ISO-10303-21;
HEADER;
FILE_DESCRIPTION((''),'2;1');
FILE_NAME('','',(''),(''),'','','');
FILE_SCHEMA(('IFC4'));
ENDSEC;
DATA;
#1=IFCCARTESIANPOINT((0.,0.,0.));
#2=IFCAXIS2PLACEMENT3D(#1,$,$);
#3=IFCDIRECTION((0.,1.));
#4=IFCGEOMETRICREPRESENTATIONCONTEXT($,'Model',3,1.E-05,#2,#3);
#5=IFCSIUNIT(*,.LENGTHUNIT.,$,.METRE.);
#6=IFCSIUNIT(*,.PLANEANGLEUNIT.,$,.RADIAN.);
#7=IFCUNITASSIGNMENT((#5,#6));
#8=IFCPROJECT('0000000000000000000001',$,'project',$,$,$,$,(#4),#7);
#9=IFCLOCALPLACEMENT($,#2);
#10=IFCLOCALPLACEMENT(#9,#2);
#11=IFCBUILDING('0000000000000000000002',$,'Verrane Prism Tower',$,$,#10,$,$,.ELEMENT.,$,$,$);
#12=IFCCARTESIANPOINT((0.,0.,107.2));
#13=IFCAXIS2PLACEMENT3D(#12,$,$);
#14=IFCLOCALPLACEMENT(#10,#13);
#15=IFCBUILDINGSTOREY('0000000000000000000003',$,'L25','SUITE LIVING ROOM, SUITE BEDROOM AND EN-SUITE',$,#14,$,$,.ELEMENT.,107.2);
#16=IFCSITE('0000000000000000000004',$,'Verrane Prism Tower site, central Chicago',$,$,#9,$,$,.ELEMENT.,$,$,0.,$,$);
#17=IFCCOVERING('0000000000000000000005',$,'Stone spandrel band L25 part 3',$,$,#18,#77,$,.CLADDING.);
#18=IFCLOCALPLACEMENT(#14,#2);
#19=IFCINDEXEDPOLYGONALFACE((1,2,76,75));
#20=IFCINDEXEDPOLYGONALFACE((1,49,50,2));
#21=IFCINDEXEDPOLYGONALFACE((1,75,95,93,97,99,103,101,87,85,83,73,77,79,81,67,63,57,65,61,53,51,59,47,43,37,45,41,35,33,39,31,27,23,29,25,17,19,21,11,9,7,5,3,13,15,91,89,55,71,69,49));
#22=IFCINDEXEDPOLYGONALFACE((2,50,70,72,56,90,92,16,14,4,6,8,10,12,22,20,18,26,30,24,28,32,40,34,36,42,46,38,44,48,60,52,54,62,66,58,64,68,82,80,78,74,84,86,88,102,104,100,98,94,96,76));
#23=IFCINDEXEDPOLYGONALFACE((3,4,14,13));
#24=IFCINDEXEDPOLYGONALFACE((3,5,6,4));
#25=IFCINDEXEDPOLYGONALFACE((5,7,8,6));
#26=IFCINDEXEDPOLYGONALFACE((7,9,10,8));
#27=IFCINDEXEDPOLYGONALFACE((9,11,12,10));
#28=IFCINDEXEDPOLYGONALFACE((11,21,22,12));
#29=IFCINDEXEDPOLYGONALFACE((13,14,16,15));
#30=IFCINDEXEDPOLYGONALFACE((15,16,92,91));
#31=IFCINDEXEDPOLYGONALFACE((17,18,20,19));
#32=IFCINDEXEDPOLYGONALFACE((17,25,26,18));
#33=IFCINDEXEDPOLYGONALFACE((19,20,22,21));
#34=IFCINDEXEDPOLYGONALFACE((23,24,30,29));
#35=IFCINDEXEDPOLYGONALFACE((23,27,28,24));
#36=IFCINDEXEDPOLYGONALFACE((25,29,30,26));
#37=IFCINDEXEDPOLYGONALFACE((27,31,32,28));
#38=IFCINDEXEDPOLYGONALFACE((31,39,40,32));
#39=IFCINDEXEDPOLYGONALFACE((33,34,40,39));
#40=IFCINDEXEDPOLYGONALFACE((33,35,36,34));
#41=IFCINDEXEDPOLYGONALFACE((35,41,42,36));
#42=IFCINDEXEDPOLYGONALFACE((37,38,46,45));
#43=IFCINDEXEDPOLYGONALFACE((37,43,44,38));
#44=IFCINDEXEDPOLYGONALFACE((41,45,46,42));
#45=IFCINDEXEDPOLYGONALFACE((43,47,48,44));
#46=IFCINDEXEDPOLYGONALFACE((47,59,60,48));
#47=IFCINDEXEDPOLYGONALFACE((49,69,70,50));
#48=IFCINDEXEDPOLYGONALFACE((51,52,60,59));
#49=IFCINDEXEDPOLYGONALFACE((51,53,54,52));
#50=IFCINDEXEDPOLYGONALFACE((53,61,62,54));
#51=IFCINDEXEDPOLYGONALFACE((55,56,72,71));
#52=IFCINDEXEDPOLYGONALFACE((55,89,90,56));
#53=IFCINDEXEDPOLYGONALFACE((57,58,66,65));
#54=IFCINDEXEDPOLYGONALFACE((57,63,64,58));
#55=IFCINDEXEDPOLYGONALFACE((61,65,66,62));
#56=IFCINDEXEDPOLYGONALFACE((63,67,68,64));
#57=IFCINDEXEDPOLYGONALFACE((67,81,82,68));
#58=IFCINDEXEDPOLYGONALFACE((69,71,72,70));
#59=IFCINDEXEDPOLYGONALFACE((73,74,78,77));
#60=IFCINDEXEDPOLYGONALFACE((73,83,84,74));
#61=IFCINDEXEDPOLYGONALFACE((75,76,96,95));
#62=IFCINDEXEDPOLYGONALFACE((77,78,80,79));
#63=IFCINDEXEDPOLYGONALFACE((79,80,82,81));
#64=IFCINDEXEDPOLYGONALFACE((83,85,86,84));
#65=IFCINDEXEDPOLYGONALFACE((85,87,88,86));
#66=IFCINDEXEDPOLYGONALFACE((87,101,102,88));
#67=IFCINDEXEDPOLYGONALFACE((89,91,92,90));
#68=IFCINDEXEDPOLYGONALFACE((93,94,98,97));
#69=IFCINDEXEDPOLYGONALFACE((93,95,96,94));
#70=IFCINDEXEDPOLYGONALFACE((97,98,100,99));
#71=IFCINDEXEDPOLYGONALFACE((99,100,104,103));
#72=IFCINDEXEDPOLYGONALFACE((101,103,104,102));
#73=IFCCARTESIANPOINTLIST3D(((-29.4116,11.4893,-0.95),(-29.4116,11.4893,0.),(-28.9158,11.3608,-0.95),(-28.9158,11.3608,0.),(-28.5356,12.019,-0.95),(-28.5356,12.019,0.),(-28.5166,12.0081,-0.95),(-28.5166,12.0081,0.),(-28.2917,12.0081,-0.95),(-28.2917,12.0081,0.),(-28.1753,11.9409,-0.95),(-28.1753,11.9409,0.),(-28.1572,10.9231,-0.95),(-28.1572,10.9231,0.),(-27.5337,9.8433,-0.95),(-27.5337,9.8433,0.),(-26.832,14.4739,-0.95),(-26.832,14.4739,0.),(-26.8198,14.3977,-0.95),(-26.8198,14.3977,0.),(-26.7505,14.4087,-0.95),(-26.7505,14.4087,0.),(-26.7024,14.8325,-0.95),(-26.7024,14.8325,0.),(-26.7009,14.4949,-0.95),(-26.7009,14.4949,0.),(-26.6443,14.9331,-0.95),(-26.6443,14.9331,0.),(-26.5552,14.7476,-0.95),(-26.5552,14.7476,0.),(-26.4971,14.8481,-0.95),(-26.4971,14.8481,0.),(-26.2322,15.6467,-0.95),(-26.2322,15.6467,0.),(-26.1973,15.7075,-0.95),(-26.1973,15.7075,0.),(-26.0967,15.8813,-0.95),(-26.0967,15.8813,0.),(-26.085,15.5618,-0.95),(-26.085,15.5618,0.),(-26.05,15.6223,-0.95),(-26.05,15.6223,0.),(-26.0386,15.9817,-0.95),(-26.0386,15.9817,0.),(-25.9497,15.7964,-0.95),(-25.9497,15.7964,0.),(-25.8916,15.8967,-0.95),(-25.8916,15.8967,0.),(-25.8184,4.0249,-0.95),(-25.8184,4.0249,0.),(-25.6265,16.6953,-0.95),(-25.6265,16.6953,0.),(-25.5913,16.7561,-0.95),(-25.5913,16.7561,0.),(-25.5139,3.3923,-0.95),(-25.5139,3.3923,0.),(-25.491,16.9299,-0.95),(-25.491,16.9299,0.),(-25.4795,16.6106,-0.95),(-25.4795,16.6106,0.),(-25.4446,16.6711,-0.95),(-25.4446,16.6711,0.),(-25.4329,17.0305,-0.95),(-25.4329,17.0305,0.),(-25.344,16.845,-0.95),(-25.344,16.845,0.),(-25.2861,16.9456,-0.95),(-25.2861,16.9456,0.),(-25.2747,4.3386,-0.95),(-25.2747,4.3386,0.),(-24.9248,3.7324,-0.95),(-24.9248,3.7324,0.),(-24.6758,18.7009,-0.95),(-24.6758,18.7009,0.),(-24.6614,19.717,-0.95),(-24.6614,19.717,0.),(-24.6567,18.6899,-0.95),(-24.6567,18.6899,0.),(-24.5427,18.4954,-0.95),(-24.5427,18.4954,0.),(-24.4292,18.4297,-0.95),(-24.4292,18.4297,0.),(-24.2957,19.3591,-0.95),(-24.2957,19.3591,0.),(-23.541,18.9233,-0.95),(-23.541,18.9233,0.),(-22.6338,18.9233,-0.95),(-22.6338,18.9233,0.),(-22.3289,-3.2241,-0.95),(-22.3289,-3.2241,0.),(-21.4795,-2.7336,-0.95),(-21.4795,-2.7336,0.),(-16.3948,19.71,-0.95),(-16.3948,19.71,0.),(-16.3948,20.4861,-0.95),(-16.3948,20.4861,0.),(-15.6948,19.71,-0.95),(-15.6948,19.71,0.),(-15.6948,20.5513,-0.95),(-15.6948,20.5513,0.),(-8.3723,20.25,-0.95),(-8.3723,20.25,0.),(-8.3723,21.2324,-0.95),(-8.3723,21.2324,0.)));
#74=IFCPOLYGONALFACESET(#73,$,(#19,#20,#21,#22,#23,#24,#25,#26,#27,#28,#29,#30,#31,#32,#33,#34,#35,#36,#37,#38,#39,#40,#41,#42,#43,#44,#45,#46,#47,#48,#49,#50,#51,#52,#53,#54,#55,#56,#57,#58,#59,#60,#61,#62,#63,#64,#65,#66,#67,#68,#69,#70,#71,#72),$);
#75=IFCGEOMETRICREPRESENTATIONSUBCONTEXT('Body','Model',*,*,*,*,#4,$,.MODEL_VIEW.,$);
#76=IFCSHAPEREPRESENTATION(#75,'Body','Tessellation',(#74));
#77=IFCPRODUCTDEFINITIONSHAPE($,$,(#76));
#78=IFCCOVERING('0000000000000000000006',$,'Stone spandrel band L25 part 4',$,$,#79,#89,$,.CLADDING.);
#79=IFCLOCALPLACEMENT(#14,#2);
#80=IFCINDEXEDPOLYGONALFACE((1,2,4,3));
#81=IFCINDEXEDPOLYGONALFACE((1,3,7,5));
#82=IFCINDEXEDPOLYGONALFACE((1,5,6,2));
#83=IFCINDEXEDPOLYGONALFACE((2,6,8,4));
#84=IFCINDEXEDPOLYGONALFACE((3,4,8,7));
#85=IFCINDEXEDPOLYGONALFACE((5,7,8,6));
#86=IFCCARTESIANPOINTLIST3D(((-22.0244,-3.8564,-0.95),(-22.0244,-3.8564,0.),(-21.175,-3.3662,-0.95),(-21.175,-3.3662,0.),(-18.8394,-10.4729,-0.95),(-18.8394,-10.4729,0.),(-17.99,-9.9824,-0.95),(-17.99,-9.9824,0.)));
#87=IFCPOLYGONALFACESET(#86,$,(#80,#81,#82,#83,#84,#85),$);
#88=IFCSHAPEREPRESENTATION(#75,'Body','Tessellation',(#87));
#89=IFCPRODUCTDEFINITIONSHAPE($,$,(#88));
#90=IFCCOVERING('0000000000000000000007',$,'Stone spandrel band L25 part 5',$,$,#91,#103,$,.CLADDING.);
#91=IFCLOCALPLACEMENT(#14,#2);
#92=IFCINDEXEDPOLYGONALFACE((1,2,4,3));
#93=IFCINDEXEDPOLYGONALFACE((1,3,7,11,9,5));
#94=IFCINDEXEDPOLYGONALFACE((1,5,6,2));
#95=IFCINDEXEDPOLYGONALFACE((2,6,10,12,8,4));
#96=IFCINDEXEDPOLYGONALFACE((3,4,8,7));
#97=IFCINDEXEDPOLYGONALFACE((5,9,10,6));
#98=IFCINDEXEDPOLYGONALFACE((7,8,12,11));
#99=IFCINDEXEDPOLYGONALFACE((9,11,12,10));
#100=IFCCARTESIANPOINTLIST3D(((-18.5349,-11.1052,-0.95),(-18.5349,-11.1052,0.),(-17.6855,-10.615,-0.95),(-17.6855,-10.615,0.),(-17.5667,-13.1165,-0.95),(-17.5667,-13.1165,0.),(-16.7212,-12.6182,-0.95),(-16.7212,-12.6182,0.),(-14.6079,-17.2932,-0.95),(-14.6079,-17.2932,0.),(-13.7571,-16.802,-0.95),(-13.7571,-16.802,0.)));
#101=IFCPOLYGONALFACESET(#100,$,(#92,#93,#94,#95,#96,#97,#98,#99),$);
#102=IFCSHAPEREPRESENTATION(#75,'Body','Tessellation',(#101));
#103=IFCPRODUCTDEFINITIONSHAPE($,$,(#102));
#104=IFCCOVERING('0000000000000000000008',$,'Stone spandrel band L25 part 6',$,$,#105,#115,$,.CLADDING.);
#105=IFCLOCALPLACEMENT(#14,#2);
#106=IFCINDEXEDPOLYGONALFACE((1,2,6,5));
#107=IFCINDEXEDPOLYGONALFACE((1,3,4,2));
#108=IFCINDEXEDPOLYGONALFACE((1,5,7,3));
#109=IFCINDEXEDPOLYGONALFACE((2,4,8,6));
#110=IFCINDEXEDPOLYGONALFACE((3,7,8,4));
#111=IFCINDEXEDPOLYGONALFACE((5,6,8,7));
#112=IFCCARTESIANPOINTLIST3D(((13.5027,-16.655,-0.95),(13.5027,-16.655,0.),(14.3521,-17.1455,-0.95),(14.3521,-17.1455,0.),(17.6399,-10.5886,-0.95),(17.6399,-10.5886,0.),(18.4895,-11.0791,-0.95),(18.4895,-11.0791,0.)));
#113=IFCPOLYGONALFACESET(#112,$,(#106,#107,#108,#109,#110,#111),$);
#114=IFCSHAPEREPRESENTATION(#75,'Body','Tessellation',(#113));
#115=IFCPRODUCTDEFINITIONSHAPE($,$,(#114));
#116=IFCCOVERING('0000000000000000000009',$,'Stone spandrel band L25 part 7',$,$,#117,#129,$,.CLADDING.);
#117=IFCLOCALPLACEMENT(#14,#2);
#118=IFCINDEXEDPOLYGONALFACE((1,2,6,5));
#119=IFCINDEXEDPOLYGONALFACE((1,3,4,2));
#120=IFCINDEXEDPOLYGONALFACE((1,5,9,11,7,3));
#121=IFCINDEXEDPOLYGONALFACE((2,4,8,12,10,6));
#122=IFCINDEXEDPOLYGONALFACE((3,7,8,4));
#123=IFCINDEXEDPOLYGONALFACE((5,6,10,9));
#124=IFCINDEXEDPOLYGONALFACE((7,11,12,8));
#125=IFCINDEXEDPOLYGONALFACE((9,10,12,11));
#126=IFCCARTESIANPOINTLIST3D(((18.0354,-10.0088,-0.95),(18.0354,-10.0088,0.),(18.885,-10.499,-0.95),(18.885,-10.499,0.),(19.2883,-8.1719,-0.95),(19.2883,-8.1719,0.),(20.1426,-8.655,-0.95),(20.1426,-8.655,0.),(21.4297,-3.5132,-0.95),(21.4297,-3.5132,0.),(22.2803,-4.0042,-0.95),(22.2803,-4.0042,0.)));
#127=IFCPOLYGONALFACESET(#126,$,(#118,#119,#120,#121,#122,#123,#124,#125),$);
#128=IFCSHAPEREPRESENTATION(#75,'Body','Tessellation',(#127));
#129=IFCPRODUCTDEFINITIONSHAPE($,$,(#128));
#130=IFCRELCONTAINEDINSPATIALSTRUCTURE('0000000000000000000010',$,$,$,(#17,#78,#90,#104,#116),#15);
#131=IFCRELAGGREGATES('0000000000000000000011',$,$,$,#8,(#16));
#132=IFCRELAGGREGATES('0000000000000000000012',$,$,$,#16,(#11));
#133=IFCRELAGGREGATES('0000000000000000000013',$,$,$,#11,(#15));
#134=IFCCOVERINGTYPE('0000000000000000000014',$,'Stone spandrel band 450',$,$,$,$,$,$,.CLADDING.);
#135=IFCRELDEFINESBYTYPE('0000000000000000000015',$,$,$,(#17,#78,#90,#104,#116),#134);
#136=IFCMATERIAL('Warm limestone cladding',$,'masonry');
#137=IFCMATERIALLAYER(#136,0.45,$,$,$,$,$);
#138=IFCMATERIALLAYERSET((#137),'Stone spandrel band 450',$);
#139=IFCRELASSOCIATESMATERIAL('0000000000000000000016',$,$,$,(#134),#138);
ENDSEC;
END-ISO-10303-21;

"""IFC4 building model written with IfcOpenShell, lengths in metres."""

from ifc_helpers import new_model, si_unit, direction, frame, origin, place, context, subcontext, project, spatial, polyline, outline, extrude, material, layer, layer_set, type_object, element, save


model = new_model("IFC4")

# Units and contexts
model_context = context("Model", 3, precision=1e-05, world=origin(), true_north=direction((0.0, 1.0)))
body_context = subcontext(model_context, "Body", "Model", "MODEL_VIEW")
ifc_project = project(units=[si_unit("LENGTHUNIT", "METRE"), si_unit("PLANEANGLEUNIT", "RADIAN")], contexts=[model_context])

# Site, building, storey
site_placement = place(None, origin())
site = spatial("IfcSite", under=ifc_project, at=site_placement, Name="Verrane Prism Tower site, central Chicago", CompositionType="ELEMENT", RefElevation=0.0)
building_placement = place(site_placement, origin())
building = spatial("IfcBuilding", under=site, at=building_placement, Name="Verrane Prism Tower", CompositionType="ELEMENT")
storey_placement = place(building_placement, frame((0.0, 0.0, 107.2)))
storey = spatial("IfcBuildingStorey", under=building, at=storey_placement, Name="L25", Description="SUITE LIVING ROOM, SUITE BEDROOM AND EN-SUITE", CompositionType="ELEMENT", Elevation=107.2)

# Coverings
ifc_material_1 = material(Name="Warm limestone cladding", Category="masonry")
ifc_layer_1 = layer(ifc_material_1, 0.45)
ifc_layer_set_1 = layer_set([ifc_layer_1], Name="Stone spandrel band 450")
covering_type = type_object("IfcCoveringType", Name="Stone spandrel band 450", PredefinedType="CLADDING", material=ifc_layer_set_1)
covering_1_placement = place(storey_placement, frame((0.0, 0.0, -0.95)))
element("IfcCovering", 1, at=covering_1_placement, inside=storey, type_object=covering_type, Name="Stone spandrel band L25 part 3", PredefinedType="CLADDING", context=body_context, shape_type="SweptSolid", body=[
    extrude(outline(polyline([(-21.4795, -2.7336), (-27.5337, 9.8433), (-28.1572, 10.9231), (-28.9158, 11.3608), (-28.5356, 12.019), (-28.5166, 12.0081), (-28.2917, 12.0081), (-28.1753, 11.9409), (-26.7505, 14.4087), (-26.8198, 14.3977), (-26.832, 14.4739), (-26.7009, 14.4949), (-26.5552, 14.7476), (-26.7024, 14.8325), (-26.6443, 14.9331), (-26.4971, 14.8481), (-26.085, 15.5618), (-26.2322, 15.6467), (-26.1973, 15.7075), (-26.05, 15.6223), (-25.9497, 15.7964), (-26.0967, 15.8813), (-26.0386, 15.9817), (-25.8916, 15.8967), (-25.4795, 16.6106), (-25.6265, 16.6953), (-25.5913, 16.7561), (-25.4446, 16.6711), (-25.344, 16.845), (-25.491, 16.9299), (-25.4329, 17.0305), (-25.2861, 16.9456), (-24.4292, 18.4297), (-24.5427, 18.4954), (-24.6567, 18.6899), (-24.6758, 18.7009), (-24.2957, 19.3591), (-23.541, 18.9233), (-22.6338, 18.9233), (-8.3723, 20.25), (-8.3723, 21.2324), (-15.6948, 20.5513), (-15.6948, 19.71), (-16.3948, 19.71), (-16.3948, 20.4861), (-24.6614, 19.717), (-29.4116, 11.4893), (-25.8184, 4.0249), (-25.2747, 4.3386), (-24.9248, 3.7324), (-25.5139, 3.3923), (-22.3289, -3.2241), (-21.4795, -2.7336)])), origin(), (0.0, 0.0, 1.0), 0.95),
])
covering_2_placement = place(storey_placement, frame((0.0, 0.0, -0.95)))
element("IfcCovering", 2, at=covering_2_placement, inside=storey, type_object=covering_type, Name="Stone spandrel band L25 part 4", PredefinedType="CLADDING", context=body_context, shape_type="SweptSolid", body=[
    extrude(outline(polyline([(-18.8394, -10.4729), (-17.99, -9.9824), (-21.175, -3.3662), (-22.0244, -3.8564), (-18.8394, -10.4729)])), origin(), (0.0, 0.0, 1.0), 0.95),
])
covering_3_placement = place(storey_placement, frame((0.0, 0.0, -0.95)))
element("IfcCovering", 3, at=covering_3_placement, inside=storey, type_object=covering_type, Name="Stone spandrel band L25 part 5", PredefinedType="CLADDING", context=body_context, shape_type="SweptSolid", body=[
    extrude(outline(polyline([(-14.6079, -17.2932), (-13.7571, -16.802), (-16.7212, -12.6182), (-17.6855, -10.615), (-18.5349, -11.1052), (-17.5667, -13.1165), (-14.6079, -17.2932)])), origin(), (0.0, 0.0, 1.0), 0.95),
])
covering_4_placement = place(storey_placement, frame((0.0, 0.0, -0.95)))
element("IfcCovering", 4, at=covering_4_placement, inside=storey, type_object=covering_type, Name="Stone spandrel band L25 part 6", PredefinedType="CLADDING", context=body_context, shape_type="SweptSolid", body=[
    extrude(outline(polyline([(17.6399, -10.5886), (13.5027, -16.655), (14.3521, -17.1455), (18.4895, -11.0791), (17.6399, -10.5886)])), origin(), (0.0, 0.0, 1.0), 0.95),
])
covering_5_placement = place(storey_placement, frame((0.0, 0.0, -0.95)))
element("IfcCovering", 5, at=covering_5_placement, inside=storey, type_object=covering_type, Name="Stone spandrel band L25 part 7", PredefinedType="CLADDING", context=body_context, shape_type="SweptSolid", body=[
    extrude(outline(polyline([(22.2803, -4.0042), (21.4297, -3.5132), (19.2883, -8.1719), (18.0354, -10.0088), (18.885, -10.499), (20.1426, -8.655), (22.2803, -4.0042)])), origin(), (0.0, 0.0, 1.0), 0.95),
])

save(model, "model.ifc")
